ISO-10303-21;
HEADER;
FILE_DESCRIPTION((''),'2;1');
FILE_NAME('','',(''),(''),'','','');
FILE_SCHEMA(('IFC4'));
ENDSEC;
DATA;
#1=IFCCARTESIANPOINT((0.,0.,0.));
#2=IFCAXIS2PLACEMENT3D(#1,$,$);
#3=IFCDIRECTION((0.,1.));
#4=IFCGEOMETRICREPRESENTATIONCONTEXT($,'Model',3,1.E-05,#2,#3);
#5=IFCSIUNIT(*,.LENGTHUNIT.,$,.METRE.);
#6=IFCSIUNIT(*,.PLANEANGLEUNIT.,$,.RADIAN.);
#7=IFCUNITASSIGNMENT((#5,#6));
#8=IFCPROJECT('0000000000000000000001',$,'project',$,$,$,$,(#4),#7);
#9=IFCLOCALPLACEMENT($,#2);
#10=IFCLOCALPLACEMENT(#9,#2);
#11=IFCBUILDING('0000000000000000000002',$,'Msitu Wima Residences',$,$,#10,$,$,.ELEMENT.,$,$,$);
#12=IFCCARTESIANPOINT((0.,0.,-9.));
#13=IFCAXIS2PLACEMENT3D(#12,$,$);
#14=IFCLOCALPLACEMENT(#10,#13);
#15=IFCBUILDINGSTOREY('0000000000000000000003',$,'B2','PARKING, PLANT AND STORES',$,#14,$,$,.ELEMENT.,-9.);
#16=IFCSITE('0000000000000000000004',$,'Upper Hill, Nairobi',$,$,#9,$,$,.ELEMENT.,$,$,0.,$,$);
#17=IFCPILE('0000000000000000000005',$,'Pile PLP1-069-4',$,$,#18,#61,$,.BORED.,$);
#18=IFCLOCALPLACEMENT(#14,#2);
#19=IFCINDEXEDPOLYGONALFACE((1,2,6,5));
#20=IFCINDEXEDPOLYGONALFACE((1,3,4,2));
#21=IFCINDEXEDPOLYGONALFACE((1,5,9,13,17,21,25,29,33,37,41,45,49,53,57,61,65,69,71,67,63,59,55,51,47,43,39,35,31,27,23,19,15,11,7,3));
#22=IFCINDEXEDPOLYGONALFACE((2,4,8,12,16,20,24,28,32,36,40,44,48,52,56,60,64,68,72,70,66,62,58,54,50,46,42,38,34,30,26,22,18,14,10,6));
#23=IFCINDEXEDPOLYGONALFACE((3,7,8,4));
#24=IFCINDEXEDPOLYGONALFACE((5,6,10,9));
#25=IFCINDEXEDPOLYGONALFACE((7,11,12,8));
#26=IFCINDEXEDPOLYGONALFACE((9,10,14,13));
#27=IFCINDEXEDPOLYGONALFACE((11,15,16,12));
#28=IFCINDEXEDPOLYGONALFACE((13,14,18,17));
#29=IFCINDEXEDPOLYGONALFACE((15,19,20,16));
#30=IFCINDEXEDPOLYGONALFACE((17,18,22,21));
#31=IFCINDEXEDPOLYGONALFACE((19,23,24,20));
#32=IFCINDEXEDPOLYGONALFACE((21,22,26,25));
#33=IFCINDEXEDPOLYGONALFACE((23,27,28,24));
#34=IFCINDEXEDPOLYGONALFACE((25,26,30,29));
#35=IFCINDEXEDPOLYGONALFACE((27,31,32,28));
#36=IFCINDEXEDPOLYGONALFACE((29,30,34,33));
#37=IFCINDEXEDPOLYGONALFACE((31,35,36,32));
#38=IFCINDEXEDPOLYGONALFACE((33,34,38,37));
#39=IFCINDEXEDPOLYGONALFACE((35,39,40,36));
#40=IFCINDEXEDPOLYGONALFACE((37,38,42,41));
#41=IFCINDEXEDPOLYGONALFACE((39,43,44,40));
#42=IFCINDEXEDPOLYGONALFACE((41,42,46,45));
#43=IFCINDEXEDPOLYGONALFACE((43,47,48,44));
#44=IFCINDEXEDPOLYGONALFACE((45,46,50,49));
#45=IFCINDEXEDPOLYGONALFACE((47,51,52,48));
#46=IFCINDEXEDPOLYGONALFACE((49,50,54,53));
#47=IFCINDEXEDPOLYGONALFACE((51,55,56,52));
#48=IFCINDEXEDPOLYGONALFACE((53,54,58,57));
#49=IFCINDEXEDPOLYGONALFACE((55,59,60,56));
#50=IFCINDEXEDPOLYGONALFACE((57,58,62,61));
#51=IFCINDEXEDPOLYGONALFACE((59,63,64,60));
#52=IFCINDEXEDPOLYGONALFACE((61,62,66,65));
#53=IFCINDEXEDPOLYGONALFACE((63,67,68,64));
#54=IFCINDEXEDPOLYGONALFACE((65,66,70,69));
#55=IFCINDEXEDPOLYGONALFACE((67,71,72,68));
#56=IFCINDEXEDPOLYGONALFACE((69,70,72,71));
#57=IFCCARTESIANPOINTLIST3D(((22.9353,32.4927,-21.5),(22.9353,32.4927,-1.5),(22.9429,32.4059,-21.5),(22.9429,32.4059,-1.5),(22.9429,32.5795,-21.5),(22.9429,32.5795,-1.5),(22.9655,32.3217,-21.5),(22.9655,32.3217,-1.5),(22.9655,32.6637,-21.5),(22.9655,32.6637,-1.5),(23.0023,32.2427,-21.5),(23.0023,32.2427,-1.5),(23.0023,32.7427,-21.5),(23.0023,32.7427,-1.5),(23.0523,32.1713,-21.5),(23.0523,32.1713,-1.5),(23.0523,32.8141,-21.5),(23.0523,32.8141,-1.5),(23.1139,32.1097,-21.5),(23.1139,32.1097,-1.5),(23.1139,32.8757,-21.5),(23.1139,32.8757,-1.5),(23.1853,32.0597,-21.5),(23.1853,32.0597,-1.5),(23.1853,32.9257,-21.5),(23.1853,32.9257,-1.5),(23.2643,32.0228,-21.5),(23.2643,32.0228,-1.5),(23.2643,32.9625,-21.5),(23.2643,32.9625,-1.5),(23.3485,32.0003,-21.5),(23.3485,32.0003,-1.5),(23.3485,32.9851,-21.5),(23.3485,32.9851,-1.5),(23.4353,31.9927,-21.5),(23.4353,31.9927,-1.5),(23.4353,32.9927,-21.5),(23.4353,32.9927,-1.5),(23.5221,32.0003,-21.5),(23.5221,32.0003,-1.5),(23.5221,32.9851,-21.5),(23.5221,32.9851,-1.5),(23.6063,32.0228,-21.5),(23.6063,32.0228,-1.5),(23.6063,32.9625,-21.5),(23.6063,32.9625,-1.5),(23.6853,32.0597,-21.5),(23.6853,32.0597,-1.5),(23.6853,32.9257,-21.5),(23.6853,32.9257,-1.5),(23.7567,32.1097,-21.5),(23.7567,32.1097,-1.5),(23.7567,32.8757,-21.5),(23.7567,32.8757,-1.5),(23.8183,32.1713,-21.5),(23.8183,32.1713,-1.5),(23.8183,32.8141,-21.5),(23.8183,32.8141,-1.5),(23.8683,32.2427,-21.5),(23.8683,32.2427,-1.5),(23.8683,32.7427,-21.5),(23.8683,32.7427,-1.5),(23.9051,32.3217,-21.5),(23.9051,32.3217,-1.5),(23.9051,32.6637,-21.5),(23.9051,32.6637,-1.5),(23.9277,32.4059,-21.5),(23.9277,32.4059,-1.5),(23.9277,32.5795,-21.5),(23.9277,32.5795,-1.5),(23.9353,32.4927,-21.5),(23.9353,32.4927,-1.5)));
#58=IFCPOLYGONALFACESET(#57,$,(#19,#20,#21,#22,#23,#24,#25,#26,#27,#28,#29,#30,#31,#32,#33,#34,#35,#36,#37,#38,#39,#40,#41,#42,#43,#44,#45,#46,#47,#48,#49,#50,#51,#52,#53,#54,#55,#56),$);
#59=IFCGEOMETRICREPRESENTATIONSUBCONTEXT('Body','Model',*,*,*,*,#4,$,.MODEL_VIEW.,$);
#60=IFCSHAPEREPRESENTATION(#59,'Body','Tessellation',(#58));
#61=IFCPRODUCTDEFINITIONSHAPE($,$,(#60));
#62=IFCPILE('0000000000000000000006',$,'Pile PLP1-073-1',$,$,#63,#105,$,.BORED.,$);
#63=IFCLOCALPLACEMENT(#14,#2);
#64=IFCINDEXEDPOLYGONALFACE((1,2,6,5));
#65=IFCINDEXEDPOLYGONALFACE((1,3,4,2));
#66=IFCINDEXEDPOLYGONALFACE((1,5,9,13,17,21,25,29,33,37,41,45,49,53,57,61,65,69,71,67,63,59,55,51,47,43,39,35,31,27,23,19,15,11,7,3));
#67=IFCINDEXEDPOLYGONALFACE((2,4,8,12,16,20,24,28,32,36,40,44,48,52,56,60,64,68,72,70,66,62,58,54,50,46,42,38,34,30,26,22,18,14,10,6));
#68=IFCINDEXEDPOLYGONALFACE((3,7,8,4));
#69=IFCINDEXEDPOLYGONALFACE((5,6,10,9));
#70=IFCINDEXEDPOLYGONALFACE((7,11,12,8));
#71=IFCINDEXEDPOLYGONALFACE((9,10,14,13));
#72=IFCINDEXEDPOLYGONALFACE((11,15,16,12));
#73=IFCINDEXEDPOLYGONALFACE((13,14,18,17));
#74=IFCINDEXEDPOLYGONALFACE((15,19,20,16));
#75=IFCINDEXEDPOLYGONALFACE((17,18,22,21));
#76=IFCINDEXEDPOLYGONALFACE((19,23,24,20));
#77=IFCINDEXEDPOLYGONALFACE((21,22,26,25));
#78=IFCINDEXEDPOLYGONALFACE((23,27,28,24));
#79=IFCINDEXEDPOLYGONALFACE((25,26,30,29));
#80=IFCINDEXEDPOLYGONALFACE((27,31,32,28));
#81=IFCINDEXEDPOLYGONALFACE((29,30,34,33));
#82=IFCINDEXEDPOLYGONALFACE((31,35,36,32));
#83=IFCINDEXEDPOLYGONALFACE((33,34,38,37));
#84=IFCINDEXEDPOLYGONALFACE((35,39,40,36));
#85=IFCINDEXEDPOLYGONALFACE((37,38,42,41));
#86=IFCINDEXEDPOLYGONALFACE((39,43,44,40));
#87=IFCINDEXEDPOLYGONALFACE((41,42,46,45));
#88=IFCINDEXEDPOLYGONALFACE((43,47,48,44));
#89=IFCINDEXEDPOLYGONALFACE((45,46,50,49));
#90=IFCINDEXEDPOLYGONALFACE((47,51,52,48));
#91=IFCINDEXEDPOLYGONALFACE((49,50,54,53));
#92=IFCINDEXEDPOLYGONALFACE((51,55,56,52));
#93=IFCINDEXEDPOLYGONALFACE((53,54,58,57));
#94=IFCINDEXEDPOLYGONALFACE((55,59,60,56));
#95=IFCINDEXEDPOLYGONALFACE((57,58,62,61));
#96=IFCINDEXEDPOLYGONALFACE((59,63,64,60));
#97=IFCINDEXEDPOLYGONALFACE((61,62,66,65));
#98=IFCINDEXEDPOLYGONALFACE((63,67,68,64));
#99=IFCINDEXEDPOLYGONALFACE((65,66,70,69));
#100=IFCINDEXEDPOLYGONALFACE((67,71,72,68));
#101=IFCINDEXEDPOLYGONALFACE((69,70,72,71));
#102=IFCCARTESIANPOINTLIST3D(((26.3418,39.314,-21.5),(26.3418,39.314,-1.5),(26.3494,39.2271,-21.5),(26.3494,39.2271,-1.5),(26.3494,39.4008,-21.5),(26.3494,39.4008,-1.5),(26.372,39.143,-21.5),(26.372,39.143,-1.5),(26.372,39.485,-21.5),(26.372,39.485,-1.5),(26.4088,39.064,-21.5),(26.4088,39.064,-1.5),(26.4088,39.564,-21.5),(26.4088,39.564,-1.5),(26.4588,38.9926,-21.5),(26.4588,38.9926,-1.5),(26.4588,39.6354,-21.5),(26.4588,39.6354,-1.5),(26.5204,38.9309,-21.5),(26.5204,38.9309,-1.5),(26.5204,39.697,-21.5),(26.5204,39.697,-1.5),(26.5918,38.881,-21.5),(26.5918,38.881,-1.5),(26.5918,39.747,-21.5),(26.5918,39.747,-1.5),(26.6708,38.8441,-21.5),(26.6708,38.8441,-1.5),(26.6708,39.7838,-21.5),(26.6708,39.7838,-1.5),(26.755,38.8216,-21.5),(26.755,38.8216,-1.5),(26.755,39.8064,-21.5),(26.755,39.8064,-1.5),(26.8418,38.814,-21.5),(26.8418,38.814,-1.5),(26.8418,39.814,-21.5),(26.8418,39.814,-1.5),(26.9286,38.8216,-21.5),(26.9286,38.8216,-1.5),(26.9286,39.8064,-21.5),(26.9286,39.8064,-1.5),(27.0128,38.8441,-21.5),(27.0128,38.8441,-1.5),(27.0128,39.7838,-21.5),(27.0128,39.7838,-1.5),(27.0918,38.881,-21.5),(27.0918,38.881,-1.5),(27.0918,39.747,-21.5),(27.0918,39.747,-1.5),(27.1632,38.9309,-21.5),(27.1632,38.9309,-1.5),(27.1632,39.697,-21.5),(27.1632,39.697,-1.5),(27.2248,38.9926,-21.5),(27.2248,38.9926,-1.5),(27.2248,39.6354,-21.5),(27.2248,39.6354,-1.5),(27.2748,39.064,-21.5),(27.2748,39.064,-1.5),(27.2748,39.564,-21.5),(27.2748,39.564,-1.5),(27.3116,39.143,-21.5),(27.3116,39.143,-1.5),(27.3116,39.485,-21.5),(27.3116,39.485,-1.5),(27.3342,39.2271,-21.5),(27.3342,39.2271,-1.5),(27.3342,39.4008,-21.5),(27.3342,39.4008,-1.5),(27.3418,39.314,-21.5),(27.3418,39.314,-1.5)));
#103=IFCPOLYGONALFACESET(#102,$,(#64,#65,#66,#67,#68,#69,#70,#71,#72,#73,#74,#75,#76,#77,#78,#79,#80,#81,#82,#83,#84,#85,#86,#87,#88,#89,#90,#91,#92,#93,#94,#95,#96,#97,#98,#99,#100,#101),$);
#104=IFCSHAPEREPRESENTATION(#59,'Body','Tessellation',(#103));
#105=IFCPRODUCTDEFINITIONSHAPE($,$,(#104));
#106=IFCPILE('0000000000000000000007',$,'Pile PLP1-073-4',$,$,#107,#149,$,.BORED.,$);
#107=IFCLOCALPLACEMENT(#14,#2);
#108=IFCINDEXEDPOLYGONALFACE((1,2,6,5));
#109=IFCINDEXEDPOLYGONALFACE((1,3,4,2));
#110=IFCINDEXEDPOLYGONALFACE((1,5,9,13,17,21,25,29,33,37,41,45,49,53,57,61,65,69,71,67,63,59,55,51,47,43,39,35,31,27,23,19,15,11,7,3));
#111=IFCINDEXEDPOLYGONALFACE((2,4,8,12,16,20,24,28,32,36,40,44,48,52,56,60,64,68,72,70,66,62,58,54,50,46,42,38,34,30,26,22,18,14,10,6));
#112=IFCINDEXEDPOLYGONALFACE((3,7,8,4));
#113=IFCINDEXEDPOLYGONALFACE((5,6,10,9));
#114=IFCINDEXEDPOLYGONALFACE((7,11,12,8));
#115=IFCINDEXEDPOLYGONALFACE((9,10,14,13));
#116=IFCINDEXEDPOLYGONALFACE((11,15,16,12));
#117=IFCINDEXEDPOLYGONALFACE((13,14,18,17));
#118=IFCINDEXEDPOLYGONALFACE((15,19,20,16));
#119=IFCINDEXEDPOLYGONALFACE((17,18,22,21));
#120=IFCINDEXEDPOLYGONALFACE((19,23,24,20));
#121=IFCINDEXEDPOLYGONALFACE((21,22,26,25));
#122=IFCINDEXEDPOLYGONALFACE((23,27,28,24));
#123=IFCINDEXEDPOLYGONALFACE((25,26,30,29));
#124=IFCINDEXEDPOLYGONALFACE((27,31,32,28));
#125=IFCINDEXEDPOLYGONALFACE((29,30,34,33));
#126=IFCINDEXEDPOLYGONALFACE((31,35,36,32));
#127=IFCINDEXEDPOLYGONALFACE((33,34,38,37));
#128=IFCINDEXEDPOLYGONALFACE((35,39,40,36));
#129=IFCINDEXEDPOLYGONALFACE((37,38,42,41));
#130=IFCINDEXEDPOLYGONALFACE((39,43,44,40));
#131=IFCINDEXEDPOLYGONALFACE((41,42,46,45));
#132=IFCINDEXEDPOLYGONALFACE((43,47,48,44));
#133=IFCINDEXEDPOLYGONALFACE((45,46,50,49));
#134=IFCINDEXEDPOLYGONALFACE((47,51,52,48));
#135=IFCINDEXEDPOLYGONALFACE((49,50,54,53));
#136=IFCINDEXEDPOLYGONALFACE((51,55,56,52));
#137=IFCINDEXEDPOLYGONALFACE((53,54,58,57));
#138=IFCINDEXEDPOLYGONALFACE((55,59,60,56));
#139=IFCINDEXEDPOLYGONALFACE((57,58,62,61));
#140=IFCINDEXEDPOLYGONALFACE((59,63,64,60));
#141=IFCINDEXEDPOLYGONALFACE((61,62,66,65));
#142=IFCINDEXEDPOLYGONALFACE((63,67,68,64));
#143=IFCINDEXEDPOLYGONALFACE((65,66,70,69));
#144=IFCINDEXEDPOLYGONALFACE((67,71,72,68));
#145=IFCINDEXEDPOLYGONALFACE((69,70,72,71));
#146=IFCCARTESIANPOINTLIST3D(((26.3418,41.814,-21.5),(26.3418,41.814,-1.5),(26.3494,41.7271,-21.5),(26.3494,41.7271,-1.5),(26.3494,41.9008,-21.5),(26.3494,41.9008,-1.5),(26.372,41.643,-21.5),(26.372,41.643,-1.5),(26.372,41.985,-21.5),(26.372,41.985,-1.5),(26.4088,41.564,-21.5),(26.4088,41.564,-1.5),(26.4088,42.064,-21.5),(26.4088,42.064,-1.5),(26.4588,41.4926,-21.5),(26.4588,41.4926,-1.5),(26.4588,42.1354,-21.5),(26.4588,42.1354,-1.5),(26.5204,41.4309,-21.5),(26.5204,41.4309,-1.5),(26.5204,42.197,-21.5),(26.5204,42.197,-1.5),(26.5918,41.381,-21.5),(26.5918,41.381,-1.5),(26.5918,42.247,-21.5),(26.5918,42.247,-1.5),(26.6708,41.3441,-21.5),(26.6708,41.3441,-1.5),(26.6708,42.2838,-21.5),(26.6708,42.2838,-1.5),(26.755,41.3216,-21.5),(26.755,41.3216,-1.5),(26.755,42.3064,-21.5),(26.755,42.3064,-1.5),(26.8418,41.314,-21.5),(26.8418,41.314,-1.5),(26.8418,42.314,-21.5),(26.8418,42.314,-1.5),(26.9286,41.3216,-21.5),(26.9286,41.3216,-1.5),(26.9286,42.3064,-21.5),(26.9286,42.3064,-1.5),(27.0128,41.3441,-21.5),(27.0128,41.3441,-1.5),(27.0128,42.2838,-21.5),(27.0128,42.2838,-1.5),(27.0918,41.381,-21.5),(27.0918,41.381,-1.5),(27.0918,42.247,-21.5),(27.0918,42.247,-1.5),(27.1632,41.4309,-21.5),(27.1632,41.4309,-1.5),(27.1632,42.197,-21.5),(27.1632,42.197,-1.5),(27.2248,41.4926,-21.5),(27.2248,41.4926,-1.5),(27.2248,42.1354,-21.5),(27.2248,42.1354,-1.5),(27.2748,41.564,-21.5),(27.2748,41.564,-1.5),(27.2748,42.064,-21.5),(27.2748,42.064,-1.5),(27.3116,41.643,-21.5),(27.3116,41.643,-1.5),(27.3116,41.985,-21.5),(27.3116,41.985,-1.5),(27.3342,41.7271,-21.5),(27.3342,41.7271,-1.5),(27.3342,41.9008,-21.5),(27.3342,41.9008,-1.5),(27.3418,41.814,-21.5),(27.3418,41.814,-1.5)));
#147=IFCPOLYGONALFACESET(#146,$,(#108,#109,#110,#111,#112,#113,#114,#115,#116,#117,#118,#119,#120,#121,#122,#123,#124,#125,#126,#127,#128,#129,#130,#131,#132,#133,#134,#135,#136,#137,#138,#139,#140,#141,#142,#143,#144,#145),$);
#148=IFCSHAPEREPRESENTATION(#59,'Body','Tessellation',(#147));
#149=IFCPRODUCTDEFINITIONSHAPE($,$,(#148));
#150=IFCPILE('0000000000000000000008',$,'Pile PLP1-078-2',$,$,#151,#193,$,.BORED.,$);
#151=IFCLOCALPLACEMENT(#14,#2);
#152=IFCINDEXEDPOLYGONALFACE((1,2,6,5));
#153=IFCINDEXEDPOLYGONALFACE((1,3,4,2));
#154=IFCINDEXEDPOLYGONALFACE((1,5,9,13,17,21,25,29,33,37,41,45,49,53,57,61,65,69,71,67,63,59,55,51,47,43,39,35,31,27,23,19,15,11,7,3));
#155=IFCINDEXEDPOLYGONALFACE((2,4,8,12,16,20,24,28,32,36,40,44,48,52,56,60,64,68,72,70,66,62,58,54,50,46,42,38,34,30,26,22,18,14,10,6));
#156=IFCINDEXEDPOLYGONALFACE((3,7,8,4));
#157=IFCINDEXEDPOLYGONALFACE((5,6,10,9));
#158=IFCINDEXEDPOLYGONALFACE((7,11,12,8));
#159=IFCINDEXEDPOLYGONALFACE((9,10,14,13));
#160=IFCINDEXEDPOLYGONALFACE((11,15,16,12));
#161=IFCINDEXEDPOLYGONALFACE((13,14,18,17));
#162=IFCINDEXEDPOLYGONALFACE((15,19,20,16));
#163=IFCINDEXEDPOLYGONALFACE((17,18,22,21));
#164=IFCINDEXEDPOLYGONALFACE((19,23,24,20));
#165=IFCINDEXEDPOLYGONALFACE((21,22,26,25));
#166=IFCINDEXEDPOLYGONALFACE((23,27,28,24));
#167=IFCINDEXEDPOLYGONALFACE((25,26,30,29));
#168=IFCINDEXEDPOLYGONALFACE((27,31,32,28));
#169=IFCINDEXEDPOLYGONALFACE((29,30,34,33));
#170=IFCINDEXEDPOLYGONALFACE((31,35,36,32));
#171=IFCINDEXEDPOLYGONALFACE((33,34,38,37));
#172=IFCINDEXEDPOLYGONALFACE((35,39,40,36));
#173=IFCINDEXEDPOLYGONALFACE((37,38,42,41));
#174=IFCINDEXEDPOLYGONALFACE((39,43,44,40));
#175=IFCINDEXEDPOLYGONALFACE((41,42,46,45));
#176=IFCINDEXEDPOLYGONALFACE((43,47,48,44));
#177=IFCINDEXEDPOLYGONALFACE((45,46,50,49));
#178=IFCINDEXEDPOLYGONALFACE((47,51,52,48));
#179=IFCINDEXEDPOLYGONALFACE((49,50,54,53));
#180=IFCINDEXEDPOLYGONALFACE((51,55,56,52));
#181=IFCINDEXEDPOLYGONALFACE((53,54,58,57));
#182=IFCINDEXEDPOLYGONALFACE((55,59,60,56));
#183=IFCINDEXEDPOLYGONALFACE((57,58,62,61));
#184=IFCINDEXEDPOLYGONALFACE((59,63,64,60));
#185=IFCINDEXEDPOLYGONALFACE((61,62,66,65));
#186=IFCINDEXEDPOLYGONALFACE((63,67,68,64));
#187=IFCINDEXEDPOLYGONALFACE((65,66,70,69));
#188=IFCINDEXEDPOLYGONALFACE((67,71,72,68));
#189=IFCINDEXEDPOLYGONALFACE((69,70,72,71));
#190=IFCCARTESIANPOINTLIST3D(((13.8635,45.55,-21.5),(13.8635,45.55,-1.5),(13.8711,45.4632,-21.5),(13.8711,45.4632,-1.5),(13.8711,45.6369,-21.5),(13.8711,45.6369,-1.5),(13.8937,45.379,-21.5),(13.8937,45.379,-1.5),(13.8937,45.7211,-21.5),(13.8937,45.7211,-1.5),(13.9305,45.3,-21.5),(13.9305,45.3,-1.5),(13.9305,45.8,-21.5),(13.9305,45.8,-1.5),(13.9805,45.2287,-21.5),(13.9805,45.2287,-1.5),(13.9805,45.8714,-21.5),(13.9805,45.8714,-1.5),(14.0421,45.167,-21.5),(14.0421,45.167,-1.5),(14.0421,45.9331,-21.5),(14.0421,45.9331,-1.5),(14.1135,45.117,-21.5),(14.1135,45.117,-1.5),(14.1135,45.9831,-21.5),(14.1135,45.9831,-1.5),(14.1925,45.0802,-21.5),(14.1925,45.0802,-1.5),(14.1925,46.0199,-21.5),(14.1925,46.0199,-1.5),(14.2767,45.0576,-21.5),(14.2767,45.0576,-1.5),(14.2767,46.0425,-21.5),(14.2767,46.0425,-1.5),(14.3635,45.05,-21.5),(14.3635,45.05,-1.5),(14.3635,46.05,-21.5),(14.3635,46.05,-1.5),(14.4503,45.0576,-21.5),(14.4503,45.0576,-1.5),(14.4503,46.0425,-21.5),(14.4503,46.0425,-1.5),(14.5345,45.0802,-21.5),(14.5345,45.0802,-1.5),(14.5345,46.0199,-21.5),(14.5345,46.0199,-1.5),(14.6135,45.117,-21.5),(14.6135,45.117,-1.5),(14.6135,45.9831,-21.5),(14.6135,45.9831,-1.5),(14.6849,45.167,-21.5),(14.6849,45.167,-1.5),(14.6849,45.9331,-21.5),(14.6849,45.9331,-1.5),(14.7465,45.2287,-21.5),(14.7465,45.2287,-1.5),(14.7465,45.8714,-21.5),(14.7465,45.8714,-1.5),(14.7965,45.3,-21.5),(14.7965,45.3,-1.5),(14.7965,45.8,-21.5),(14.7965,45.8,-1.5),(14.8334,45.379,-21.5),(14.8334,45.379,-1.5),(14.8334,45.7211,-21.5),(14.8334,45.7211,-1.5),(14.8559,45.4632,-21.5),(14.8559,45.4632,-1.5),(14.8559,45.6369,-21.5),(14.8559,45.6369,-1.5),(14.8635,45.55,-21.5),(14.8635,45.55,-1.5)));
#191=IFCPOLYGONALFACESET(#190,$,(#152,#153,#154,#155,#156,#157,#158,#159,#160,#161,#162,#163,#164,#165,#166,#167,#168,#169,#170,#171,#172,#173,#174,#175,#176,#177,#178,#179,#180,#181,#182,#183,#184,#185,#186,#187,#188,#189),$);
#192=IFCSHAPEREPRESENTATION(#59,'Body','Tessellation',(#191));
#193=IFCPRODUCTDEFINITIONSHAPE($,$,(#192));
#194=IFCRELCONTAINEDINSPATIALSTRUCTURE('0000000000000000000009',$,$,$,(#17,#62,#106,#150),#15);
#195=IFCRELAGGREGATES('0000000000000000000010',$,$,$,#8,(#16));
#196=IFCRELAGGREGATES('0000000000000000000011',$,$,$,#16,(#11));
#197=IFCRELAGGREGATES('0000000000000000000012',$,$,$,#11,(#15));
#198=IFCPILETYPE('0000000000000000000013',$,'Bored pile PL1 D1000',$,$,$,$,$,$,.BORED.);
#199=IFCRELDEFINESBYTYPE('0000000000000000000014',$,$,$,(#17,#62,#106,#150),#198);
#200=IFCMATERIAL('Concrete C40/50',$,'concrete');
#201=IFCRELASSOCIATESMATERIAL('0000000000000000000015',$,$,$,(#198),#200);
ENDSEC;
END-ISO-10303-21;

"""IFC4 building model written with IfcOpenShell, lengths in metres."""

from ifc_helpers import new_model, si_unit, direction, frame, origin, origin_2d, place, context, subcontext, project, spatial, circle, extrude, material, type_object, element, save


model = new_model("IFC4")

# Units and contexts
model_context = context("Model", 3, precision=1e-05, world=origin(), true_north=direction((0.0, 1.0)))
body_context = subcontext(model_context, "Body", "Model", "MODEL_VIEW")
ifc_project = project(units=[si_unit("LENGTHUNIT", "METRE"), si_unit("PLANEANGLEUNIT", "RADIAN")], contexts=[model_context])

# Site, building, storey
site_placement = place(None, origin())
site = spatial("IfcSite", under=ifc_project, at=site_placement, Name="Upper Hill, Nairobi", CompositionType="ELEMENT", RefElevation=0.0)
building_placement = place(site_placement, origin())
building = spatial("IfcBuilding", under=site, at=building_placement, Name="Msitu Wima Residences", CompositionType="ELEMENT")
storey_placement = place(building_placement, frame((0.0, 0.0, -9.0)))
storey = spatial("IfcBuildingStorey", under=building, at=storey_placement, Name="B2", Description="PARKING, PLANT AND STORES", CompositionType="ELEMENT", Elevation=-9.0)

# Piles
ifc_material_1 = material(Name="Concrete C40/50", Category="concrete")
pile_type_1 = type_object("IfcPileType", Name="Bored pile PL1 D1000", PredefinedType="BORED", material=ifc_material_1)
for number, where, z_axis, x_axis, name in (
    (1, (23.4353, 32.4927, -1.5), (0.0, 0.0, -1.0), (1.0, 0.0, 0.0), "Pile PLP1-069-4"),
    (2, (26.8418, 39.314, -1.5), (0.0, 0.0, -1.0), (1.0, 0.0, 0.0), "Pile PLP1-073-1"),
    (3, (26.8418, 41.814, -1.5), (0.0, 0.0, -1.0), (1.0, 0.0, 0.0), "Pile PLP1-073-4"),
    (4, (14.3635, 45.55, -1.5), (0.0, 0.0, -1.0), (1.0, 0.0, 0.0), "Pile PLP1-078-2"),
):
    element("IfcPile", number, at=place(storey_placement, frame(where, z_axis=z_axis, x_axis=x_axis)), inside=storey, type_object=pile_type_1, Name=name, PredefinedType="BORED", context=body_context, shape_type="SweptSolid", body=[
        extrude(circle(Radius=0.5, at=origin_2d()), origin(), (0.0, 0.0, 1.0), 20.0),
    ])

save(model, "model.ifc")
